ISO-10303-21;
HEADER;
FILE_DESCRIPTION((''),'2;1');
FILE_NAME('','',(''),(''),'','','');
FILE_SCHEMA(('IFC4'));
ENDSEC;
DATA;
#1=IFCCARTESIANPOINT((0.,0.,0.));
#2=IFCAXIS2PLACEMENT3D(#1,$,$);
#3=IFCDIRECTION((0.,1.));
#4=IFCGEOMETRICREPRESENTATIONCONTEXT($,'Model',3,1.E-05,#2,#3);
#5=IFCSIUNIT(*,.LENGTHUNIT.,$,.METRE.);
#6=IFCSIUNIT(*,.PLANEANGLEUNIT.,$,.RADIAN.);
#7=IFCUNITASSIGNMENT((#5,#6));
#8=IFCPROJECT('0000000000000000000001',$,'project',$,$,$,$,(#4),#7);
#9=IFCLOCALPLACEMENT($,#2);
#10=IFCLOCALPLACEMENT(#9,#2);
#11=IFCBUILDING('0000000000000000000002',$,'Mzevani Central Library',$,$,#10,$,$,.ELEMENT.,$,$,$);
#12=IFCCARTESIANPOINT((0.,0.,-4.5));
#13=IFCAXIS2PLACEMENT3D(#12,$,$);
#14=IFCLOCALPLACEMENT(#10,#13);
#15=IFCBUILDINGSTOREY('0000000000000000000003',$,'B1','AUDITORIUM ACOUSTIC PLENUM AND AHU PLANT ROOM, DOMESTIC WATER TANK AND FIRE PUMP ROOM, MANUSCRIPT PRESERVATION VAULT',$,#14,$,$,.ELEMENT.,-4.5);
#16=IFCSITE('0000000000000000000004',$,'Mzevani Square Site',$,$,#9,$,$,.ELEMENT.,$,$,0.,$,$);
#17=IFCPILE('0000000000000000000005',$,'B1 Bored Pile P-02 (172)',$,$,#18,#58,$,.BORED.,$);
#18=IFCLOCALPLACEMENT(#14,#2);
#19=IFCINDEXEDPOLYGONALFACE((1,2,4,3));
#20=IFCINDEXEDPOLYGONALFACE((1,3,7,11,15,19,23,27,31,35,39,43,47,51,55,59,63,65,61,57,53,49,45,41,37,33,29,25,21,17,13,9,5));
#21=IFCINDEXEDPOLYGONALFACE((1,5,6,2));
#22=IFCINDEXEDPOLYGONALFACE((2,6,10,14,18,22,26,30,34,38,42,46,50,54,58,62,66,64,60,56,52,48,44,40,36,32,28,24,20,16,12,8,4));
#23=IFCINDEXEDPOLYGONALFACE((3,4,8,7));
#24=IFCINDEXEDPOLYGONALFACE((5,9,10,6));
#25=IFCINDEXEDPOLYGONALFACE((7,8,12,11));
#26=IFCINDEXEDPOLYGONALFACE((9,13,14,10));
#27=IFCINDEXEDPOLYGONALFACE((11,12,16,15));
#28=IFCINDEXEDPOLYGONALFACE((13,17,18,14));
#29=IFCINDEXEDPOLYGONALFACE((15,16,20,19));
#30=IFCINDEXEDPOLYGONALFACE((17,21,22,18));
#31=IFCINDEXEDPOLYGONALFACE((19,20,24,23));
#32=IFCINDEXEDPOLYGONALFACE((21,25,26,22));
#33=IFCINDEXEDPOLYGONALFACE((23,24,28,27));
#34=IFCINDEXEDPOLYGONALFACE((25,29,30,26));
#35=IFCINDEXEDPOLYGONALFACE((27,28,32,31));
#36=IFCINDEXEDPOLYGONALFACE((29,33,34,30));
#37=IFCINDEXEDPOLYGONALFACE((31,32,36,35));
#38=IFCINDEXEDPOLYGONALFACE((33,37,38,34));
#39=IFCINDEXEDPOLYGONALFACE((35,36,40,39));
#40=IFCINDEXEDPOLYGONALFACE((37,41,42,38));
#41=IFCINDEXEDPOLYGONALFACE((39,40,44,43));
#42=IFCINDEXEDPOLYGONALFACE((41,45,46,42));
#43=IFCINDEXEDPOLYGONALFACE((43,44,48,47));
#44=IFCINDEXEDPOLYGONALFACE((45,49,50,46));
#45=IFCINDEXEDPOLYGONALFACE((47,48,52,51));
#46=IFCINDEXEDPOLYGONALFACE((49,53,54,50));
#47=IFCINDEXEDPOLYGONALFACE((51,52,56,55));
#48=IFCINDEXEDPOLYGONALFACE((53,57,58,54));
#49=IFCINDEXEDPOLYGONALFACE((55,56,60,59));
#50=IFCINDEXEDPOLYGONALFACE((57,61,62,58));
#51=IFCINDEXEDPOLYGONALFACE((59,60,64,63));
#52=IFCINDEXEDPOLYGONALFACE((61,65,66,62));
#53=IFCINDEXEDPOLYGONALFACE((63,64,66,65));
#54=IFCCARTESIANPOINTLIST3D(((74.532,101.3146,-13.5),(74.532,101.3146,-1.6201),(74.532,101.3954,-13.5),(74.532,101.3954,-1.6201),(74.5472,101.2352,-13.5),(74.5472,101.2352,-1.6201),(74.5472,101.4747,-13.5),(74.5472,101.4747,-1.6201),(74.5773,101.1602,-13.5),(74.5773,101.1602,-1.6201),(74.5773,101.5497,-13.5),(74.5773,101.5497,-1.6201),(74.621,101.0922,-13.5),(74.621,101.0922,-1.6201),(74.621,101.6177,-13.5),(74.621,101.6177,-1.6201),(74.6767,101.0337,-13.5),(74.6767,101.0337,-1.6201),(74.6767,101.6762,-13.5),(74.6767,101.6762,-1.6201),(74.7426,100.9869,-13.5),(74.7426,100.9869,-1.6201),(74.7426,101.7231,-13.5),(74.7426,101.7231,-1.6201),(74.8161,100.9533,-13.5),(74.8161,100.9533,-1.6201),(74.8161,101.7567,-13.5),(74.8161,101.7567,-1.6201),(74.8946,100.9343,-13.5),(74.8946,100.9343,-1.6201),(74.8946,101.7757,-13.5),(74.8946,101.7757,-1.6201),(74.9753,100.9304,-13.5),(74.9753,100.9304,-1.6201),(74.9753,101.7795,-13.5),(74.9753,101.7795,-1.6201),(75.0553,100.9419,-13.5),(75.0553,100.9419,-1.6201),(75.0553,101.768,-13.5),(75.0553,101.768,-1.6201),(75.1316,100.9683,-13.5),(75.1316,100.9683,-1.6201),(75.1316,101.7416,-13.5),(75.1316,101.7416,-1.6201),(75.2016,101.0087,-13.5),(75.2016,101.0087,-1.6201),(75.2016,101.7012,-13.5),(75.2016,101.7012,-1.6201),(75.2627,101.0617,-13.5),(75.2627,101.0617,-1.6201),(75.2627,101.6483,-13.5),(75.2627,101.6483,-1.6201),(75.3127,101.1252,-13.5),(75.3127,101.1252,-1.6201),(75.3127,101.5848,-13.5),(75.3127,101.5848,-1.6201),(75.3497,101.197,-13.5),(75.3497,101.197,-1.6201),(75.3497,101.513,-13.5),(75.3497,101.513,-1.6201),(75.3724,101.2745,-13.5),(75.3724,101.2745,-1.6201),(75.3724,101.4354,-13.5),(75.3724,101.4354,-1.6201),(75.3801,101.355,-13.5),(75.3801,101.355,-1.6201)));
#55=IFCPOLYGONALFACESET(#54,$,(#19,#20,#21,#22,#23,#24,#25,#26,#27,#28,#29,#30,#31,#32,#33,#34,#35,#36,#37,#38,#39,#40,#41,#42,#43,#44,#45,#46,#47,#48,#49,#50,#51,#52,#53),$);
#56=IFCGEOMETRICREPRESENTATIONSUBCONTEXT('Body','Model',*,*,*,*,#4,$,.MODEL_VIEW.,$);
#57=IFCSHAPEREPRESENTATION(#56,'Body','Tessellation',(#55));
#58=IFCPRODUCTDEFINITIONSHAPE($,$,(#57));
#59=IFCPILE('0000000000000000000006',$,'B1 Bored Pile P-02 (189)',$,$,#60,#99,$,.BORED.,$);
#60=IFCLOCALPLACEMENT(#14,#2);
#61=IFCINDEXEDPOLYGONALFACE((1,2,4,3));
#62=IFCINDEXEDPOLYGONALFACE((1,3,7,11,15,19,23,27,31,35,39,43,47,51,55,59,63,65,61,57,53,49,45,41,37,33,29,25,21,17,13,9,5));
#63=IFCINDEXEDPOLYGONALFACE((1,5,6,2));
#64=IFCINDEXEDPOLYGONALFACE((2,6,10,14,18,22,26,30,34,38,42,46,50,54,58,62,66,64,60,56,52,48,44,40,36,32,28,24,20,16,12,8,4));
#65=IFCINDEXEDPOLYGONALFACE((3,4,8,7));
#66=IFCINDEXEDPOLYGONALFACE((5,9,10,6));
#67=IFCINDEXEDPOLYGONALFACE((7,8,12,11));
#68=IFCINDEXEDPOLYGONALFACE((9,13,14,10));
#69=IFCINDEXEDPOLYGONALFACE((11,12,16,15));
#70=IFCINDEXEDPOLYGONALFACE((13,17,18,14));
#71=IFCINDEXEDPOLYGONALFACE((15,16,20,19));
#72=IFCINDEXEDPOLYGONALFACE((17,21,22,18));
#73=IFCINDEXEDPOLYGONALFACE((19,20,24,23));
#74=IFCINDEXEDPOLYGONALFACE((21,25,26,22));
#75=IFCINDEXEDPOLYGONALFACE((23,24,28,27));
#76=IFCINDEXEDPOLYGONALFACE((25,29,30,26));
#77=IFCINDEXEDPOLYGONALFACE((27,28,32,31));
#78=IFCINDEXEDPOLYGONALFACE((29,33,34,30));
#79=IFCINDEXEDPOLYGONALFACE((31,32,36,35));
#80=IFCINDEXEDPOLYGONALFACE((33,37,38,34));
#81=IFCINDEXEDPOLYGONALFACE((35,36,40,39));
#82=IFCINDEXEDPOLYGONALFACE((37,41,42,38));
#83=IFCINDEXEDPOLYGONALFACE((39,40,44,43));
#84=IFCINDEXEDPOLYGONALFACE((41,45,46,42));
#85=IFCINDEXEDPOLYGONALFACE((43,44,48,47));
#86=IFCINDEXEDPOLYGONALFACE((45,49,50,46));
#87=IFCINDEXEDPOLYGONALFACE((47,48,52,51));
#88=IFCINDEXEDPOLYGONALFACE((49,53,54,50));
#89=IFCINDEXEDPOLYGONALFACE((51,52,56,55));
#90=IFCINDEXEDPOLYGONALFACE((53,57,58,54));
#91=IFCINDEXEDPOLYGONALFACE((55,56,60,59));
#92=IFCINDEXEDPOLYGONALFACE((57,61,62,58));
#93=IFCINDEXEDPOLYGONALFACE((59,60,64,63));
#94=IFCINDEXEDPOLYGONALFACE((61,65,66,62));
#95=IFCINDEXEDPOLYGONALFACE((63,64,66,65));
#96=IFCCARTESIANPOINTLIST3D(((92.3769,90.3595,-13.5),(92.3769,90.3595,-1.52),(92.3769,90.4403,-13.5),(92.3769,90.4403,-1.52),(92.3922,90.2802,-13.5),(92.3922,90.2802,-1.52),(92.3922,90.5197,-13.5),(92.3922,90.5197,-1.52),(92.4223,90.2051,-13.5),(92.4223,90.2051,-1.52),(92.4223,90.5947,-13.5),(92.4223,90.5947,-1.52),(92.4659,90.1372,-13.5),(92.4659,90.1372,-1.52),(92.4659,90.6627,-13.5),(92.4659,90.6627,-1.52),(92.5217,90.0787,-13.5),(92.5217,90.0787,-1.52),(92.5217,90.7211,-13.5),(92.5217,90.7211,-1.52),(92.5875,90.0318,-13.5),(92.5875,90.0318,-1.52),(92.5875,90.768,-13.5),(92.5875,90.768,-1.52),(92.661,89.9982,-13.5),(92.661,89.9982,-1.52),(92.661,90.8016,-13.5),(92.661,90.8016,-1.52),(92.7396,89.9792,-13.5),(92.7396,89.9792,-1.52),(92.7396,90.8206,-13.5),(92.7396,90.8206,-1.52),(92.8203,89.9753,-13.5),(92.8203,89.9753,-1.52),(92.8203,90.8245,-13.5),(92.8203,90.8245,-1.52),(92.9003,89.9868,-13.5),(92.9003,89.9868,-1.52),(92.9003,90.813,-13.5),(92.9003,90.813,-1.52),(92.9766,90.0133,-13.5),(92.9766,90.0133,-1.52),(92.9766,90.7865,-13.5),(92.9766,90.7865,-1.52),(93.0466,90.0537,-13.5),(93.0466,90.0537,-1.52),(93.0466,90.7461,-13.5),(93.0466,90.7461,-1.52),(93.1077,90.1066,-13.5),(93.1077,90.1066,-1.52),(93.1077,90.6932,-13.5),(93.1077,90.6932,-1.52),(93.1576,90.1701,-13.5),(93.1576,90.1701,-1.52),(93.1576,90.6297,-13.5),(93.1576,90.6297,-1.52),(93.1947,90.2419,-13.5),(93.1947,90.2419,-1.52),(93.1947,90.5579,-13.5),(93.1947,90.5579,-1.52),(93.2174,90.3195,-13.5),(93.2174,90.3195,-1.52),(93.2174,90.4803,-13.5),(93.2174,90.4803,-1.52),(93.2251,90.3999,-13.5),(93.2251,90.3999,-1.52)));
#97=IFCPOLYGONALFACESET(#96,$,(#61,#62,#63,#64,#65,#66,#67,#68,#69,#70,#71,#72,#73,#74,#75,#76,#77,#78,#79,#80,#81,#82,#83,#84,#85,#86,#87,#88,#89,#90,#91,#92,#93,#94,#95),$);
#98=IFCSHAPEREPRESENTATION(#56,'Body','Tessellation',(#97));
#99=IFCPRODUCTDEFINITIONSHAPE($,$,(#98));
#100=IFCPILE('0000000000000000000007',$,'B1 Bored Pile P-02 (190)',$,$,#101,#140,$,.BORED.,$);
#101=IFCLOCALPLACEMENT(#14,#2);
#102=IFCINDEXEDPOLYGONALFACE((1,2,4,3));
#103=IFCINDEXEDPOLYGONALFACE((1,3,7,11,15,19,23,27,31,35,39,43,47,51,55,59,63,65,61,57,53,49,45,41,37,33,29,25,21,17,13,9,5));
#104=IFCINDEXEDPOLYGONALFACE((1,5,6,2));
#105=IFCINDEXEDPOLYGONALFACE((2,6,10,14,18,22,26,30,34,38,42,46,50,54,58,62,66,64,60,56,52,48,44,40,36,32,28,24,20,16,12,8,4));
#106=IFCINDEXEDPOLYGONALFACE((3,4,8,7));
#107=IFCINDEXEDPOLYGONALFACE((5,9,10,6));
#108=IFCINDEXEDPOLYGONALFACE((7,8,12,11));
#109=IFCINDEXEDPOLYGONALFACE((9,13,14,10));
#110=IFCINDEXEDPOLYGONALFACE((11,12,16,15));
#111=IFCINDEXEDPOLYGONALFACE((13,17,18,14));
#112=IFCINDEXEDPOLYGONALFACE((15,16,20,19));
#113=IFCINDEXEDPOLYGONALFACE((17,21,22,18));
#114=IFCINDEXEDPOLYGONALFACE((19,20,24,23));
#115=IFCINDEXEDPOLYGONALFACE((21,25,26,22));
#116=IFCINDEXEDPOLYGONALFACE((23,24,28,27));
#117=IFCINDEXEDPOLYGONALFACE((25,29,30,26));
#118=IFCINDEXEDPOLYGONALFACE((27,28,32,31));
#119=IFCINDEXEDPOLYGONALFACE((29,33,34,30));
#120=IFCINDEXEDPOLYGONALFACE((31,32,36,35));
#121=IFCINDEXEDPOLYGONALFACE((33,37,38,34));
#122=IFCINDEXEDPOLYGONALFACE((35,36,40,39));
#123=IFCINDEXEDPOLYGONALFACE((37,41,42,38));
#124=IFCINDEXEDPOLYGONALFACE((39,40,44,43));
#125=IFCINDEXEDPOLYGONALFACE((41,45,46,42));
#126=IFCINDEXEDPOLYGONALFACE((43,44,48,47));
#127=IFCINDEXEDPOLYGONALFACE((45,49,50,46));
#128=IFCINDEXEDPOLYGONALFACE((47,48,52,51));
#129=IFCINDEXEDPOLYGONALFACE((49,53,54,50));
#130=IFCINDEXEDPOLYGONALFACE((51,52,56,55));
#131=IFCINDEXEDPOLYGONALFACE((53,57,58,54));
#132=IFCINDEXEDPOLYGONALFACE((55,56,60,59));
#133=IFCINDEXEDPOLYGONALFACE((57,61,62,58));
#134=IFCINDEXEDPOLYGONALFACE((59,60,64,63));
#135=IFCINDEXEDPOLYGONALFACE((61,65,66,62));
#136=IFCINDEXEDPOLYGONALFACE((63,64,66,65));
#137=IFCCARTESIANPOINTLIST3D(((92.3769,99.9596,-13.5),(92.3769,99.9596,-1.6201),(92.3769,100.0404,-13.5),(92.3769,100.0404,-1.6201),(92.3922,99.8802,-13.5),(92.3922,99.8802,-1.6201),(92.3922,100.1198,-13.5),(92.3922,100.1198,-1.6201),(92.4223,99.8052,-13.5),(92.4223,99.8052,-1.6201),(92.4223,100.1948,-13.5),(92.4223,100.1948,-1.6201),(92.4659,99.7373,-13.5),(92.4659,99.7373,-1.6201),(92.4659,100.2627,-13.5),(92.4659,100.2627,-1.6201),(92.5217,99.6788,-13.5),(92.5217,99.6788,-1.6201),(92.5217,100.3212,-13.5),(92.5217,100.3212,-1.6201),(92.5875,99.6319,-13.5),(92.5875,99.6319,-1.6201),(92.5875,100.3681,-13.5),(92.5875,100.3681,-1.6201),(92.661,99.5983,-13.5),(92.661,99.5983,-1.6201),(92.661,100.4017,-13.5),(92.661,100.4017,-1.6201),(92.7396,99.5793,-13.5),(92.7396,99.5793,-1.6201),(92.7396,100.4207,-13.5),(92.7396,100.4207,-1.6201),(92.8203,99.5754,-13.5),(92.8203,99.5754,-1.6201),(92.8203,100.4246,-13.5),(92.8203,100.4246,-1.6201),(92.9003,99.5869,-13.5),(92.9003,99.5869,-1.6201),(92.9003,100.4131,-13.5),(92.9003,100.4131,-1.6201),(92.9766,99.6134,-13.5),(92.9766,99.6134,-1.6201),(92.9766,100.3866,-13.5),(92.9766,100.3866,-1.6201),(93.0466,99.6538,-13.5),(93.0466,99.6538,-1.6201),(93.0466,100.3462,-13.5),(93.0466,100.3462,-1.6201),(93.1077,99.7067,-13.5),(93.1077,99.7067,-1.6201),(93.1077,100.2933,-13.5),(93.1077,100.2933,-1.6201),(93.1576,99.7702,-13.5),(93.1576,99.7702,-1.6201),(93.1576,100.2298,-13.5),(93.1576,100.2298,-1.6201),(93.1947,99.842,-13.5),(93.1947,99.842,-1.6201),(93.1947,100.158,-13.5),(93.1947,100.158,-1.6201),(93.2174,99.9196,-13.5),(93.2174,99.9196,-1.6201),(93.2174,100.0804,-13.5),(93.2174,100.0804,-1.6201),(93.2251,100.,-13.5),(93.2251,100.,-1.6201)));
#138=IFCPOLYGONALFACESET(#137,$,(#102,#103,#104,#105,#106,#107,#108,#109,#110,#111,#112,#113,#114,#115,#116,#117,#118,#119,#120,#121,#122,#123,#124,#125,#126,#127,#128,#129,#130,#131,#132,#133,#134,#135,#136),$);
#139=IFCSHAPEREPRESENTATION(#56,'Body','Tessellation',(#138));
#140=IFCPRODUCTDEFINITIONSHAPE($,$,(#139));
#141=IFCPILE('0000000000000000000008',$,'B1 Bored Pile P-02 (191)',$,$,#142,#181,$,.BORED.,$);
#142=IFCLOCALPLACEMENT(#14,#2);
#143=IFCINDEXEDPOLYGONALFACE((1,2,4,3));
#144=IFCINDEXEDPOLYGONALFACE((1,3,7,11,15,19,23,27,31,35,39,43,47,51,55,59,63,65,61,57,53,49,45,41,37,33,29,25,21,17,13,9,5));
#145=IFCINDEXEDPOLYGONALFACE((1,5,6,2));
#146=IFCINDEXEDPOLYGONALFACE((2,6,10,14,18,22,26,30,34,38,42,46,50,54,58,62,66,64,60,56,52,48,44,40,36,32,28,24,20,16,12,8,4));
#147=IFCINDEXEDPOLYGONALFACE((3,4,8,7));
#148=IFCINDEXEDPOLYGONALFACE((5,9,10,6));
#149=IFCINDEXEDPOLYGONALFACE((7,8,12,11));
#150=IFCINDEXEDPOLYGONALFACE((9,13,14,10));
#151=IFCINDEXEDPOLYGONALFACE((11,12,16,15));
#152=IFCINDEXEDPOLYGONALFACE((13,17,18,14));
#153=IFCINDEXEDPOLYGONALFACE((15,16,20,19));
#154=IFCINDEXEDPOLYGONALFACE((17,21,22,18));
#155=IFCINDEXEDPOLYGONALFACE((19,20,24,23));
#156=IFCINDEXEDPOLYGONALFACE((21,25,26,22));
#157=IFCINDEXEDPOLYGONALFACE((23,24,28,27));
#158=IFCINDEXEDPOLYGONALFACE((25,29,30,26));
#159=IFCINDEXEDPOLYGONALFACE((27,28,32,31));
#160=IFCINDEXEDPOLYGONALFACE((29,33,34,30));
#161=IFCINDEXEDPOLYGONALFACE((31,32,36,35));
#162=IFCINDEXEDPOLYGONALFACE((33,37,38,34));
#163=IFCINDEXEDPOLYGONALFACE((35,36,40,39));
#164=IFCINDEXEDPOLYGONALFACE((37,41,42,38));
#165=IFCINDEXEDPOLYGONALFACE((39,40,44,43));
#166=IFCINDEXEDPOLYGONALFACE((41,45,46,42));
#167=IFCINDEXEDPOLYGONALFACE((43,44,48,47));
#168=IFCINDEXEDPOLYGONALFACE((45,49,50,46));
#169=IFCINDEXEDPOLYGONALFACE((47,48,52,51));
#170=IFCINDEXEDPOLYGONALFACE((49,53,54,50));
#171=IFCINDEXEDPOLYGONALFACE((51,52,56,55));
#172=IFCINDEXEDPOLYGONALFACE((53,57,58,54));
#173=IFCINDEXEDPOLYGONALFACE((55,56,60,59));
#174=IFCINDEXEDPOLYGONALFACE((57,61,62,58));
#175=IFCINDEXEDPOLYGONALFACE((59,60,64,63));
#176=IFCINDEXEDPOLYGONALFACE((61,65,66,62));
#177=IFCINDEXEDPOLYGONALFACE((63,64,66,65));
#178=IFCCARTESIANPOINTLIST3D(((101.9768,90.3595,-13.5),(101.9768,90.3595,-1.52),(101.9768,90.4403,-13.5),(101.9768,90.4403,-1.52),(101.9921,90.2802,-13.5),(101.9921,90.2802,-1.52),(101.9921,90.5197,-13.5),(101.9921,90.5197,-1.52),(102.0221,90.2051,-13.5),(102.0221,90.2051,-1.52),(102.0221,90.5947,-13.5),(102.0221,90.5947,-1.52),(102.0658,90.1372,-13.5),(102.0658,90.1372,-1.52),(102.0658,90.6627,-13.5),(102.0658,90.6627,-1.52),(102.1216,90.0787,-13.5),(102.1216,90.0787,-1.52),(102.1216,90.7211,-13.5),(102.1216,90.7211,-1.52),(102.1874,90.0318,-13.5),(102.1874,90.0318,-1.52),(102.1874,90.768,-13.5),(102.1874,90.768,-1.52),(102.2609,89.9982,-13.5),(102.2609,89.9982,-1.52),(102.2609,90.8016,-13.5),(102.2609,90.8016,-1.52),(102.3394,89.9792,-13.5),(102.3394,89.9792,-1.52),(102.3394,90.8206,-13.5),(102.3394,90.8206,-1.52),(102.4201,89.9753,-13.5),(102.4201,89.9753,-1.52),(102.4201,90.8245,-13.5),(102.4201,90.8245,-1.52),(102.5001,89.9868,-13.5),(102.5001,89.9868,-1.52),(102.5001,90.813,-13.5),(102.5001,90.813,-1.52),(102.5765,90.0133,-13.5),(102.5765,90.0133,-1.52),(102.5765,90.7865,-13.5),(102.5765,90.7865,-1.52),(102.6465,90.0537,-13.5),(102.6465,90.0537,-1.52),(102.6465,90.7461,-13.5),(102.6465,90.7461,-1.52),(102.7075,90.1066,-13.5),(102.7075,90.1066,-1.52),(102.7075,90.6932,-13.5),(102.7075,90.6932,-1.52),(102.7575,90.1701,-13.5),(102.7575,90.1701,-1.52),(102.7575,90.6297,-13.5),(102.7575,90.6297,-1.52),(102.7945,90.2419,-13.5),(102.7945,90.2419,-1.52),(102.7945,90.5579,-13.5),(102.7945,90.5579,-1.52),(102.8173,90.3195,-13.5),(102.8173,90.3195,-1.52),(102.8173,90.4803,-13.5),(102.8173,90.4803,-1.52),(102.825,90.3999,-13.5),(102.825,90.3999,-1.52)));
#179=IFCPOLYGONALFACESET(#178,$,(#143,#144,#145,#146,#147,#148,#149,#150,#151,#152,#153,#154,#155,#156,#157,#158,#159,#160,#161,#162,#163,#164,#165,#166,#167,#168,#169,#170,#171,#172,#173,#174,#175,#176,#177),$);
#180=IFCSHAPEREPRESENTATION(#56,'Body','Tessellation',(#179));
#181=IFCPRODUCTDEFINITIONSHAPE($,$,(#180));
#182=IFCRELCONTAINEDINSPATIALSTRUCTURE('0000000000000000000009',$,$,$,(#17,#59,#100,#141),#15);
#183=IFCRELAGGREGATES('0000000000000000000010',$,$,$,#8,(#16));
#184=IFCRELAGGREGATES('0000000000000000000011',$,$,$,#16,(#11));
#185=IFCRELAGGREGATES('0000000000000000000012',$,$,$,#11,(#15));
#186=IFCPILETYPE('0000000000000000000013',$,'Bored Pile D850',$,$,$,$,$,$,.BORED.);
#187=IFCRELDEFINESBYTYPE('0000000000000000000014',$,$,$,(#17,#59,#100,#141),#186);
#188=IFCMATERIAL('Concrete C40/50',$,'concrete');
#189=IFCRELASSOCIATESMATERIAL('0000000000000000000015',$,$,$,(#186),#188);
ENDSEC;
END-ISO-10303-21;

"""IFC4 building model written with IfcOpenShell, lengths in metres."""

from ifc_helpers import new_model, si_unit, direction, frame, origin, origin_2d, place, context, subcontext, project, spatial, circle, extrude, material, material_profile, profile_set, type_object, element, save


model = new_model("IFC4")

# Units and contexts
model_context = context("Model", 3, precision=1e-05, world=origin(), true_north=direction((0.0, 1.0)))
body_context = subcontext(model_context, "Body", "Model", "MODEL_VIEW")
ifc_project = project(units=[si_unit("LENGTHUNIT", "METRE"), si_unit("PLANEANGLEUNIT", "RADIAN")], contexts=[model_context])

# Site, building, storey
site_placement = place(None, origin())
site = spatial("IfcSite", under=ifc_project, at=site_placement, Name="Mzevani Square Site", CompositionType="ELEMENT", RefElevation=0.0)
building_placement = place(site_placement, origin())
building = spatial("IfcBuilding", under=site, at=building_placement, Name="Mzevani Central Library", CompositionType="ELEMENT")
storey_placement = place(building_placement, frame((0.0, 0.0, -4.5)))
storey = spatial("IfcBuildingStorey", under=building, at=storey_placement, Name="B1", Description="AUDITORIUM ACOUSTIC PLENUM AND AHU PLANT ROOM, DOMESTIC WATER TANK AND FIRE PUMP ROOM, MANUSCRIPT PRESERVATION VAULT", CompositionType="ELEMENT", Elevation=-4.5)

# Piles
ifc_material_1 = material(Name="Concrete C40/50", Category="concrete")
ifc_material_profile_1 = material_profile(ifc_material_1, circle(Radius=0.425, at=origin_2d()), Name="PILE D850")
ifc_profile_set_1 = profile_set([ifc_material_profile_1], Name="Concrete C40/50")
pile_type_1 = type_object("IfcPileType", Name="Bored Pile D850", PredefinedType="BORED", material=ifc_profile_set_1)
for number, where, z_axis, x_axis, name in (
    (1, (74.9551, 101.355, -1.6201), (0.0, 0.0, -1.0), (1.0, 0.0, 0.0), "B1 Bored Pile P-02 (172)"),
):
    element("IfcPile", number, at=place(storey_placement, frame(where, z_axis=z_axis, x_axis=x_axis)), inside=storey, type_object=pile_type_1, Name=name, PredefinedType="BORED", context=body_context, shape_type="SweptSolid", body=[
        extrude(circle(Radius=0.425, at=origin_2d()), origin(), (0.0, 0.0, 1.0), 11.8799),
    ])
pile_1_placement = place(storey_placement, frame((92.8, 90.3999, -1.52), z_axis=(0.0, 0.0, -1.0), x_axis=(1.0, 0.0, 0.0)))
element("IfcPile", 2, at=pile_1_placement, inside=storey, type_object=pile_type_1, Name="B1 Bored Pile P-02 (189)", PredefinedType="BORED", context=body_context, shape_type="SweptSolid", body=[
    extrude(circle(Radius=0.425, at=origin_2d()), origin(), (0.0, 0.0, 1.0), 11.98),
])
pile_2_placement = place(storey_placement, frame((92.8, 100.0, -1.6201), z_axis=(0.0, 0.0, -1.0), x_axis=(1.0, 0.0, 0.0)))
element("IfcPile", 3, at=pile_2_placement, inside=storey, type_object=pile_type_1, Name="B1 Bored Pile P-02 (190)", PredefinedType="BORED", context=body_context, shape_type="SweptSolid", body=[
    extrude(circle(Radius=0.425, at=origin_2d()), origin(), (0.0, 0.0, 1.0), 11.8799),
])
pile_3_placement = place(storey_placement, frame((102.3999, 90.3999, -1.52), z_axis=(0.0, 0.0, -1.0), x_axis=(1.0, 0.0, 0.0)))
element("IfcPile", 4, at=pile_3_placement, inside=storey, type_object=pile_type_1, Name="B1 Bored Pile P-02 (191)", PredefinedType="BORED", context=body_context, shape_type="SweptSolid", body=[
    extrude(circle(Radius=0.425, at=origin_2d()), origin(), (0.0, 0.0, 1.0), 11.98),
])

save(model, "model.ifc")
